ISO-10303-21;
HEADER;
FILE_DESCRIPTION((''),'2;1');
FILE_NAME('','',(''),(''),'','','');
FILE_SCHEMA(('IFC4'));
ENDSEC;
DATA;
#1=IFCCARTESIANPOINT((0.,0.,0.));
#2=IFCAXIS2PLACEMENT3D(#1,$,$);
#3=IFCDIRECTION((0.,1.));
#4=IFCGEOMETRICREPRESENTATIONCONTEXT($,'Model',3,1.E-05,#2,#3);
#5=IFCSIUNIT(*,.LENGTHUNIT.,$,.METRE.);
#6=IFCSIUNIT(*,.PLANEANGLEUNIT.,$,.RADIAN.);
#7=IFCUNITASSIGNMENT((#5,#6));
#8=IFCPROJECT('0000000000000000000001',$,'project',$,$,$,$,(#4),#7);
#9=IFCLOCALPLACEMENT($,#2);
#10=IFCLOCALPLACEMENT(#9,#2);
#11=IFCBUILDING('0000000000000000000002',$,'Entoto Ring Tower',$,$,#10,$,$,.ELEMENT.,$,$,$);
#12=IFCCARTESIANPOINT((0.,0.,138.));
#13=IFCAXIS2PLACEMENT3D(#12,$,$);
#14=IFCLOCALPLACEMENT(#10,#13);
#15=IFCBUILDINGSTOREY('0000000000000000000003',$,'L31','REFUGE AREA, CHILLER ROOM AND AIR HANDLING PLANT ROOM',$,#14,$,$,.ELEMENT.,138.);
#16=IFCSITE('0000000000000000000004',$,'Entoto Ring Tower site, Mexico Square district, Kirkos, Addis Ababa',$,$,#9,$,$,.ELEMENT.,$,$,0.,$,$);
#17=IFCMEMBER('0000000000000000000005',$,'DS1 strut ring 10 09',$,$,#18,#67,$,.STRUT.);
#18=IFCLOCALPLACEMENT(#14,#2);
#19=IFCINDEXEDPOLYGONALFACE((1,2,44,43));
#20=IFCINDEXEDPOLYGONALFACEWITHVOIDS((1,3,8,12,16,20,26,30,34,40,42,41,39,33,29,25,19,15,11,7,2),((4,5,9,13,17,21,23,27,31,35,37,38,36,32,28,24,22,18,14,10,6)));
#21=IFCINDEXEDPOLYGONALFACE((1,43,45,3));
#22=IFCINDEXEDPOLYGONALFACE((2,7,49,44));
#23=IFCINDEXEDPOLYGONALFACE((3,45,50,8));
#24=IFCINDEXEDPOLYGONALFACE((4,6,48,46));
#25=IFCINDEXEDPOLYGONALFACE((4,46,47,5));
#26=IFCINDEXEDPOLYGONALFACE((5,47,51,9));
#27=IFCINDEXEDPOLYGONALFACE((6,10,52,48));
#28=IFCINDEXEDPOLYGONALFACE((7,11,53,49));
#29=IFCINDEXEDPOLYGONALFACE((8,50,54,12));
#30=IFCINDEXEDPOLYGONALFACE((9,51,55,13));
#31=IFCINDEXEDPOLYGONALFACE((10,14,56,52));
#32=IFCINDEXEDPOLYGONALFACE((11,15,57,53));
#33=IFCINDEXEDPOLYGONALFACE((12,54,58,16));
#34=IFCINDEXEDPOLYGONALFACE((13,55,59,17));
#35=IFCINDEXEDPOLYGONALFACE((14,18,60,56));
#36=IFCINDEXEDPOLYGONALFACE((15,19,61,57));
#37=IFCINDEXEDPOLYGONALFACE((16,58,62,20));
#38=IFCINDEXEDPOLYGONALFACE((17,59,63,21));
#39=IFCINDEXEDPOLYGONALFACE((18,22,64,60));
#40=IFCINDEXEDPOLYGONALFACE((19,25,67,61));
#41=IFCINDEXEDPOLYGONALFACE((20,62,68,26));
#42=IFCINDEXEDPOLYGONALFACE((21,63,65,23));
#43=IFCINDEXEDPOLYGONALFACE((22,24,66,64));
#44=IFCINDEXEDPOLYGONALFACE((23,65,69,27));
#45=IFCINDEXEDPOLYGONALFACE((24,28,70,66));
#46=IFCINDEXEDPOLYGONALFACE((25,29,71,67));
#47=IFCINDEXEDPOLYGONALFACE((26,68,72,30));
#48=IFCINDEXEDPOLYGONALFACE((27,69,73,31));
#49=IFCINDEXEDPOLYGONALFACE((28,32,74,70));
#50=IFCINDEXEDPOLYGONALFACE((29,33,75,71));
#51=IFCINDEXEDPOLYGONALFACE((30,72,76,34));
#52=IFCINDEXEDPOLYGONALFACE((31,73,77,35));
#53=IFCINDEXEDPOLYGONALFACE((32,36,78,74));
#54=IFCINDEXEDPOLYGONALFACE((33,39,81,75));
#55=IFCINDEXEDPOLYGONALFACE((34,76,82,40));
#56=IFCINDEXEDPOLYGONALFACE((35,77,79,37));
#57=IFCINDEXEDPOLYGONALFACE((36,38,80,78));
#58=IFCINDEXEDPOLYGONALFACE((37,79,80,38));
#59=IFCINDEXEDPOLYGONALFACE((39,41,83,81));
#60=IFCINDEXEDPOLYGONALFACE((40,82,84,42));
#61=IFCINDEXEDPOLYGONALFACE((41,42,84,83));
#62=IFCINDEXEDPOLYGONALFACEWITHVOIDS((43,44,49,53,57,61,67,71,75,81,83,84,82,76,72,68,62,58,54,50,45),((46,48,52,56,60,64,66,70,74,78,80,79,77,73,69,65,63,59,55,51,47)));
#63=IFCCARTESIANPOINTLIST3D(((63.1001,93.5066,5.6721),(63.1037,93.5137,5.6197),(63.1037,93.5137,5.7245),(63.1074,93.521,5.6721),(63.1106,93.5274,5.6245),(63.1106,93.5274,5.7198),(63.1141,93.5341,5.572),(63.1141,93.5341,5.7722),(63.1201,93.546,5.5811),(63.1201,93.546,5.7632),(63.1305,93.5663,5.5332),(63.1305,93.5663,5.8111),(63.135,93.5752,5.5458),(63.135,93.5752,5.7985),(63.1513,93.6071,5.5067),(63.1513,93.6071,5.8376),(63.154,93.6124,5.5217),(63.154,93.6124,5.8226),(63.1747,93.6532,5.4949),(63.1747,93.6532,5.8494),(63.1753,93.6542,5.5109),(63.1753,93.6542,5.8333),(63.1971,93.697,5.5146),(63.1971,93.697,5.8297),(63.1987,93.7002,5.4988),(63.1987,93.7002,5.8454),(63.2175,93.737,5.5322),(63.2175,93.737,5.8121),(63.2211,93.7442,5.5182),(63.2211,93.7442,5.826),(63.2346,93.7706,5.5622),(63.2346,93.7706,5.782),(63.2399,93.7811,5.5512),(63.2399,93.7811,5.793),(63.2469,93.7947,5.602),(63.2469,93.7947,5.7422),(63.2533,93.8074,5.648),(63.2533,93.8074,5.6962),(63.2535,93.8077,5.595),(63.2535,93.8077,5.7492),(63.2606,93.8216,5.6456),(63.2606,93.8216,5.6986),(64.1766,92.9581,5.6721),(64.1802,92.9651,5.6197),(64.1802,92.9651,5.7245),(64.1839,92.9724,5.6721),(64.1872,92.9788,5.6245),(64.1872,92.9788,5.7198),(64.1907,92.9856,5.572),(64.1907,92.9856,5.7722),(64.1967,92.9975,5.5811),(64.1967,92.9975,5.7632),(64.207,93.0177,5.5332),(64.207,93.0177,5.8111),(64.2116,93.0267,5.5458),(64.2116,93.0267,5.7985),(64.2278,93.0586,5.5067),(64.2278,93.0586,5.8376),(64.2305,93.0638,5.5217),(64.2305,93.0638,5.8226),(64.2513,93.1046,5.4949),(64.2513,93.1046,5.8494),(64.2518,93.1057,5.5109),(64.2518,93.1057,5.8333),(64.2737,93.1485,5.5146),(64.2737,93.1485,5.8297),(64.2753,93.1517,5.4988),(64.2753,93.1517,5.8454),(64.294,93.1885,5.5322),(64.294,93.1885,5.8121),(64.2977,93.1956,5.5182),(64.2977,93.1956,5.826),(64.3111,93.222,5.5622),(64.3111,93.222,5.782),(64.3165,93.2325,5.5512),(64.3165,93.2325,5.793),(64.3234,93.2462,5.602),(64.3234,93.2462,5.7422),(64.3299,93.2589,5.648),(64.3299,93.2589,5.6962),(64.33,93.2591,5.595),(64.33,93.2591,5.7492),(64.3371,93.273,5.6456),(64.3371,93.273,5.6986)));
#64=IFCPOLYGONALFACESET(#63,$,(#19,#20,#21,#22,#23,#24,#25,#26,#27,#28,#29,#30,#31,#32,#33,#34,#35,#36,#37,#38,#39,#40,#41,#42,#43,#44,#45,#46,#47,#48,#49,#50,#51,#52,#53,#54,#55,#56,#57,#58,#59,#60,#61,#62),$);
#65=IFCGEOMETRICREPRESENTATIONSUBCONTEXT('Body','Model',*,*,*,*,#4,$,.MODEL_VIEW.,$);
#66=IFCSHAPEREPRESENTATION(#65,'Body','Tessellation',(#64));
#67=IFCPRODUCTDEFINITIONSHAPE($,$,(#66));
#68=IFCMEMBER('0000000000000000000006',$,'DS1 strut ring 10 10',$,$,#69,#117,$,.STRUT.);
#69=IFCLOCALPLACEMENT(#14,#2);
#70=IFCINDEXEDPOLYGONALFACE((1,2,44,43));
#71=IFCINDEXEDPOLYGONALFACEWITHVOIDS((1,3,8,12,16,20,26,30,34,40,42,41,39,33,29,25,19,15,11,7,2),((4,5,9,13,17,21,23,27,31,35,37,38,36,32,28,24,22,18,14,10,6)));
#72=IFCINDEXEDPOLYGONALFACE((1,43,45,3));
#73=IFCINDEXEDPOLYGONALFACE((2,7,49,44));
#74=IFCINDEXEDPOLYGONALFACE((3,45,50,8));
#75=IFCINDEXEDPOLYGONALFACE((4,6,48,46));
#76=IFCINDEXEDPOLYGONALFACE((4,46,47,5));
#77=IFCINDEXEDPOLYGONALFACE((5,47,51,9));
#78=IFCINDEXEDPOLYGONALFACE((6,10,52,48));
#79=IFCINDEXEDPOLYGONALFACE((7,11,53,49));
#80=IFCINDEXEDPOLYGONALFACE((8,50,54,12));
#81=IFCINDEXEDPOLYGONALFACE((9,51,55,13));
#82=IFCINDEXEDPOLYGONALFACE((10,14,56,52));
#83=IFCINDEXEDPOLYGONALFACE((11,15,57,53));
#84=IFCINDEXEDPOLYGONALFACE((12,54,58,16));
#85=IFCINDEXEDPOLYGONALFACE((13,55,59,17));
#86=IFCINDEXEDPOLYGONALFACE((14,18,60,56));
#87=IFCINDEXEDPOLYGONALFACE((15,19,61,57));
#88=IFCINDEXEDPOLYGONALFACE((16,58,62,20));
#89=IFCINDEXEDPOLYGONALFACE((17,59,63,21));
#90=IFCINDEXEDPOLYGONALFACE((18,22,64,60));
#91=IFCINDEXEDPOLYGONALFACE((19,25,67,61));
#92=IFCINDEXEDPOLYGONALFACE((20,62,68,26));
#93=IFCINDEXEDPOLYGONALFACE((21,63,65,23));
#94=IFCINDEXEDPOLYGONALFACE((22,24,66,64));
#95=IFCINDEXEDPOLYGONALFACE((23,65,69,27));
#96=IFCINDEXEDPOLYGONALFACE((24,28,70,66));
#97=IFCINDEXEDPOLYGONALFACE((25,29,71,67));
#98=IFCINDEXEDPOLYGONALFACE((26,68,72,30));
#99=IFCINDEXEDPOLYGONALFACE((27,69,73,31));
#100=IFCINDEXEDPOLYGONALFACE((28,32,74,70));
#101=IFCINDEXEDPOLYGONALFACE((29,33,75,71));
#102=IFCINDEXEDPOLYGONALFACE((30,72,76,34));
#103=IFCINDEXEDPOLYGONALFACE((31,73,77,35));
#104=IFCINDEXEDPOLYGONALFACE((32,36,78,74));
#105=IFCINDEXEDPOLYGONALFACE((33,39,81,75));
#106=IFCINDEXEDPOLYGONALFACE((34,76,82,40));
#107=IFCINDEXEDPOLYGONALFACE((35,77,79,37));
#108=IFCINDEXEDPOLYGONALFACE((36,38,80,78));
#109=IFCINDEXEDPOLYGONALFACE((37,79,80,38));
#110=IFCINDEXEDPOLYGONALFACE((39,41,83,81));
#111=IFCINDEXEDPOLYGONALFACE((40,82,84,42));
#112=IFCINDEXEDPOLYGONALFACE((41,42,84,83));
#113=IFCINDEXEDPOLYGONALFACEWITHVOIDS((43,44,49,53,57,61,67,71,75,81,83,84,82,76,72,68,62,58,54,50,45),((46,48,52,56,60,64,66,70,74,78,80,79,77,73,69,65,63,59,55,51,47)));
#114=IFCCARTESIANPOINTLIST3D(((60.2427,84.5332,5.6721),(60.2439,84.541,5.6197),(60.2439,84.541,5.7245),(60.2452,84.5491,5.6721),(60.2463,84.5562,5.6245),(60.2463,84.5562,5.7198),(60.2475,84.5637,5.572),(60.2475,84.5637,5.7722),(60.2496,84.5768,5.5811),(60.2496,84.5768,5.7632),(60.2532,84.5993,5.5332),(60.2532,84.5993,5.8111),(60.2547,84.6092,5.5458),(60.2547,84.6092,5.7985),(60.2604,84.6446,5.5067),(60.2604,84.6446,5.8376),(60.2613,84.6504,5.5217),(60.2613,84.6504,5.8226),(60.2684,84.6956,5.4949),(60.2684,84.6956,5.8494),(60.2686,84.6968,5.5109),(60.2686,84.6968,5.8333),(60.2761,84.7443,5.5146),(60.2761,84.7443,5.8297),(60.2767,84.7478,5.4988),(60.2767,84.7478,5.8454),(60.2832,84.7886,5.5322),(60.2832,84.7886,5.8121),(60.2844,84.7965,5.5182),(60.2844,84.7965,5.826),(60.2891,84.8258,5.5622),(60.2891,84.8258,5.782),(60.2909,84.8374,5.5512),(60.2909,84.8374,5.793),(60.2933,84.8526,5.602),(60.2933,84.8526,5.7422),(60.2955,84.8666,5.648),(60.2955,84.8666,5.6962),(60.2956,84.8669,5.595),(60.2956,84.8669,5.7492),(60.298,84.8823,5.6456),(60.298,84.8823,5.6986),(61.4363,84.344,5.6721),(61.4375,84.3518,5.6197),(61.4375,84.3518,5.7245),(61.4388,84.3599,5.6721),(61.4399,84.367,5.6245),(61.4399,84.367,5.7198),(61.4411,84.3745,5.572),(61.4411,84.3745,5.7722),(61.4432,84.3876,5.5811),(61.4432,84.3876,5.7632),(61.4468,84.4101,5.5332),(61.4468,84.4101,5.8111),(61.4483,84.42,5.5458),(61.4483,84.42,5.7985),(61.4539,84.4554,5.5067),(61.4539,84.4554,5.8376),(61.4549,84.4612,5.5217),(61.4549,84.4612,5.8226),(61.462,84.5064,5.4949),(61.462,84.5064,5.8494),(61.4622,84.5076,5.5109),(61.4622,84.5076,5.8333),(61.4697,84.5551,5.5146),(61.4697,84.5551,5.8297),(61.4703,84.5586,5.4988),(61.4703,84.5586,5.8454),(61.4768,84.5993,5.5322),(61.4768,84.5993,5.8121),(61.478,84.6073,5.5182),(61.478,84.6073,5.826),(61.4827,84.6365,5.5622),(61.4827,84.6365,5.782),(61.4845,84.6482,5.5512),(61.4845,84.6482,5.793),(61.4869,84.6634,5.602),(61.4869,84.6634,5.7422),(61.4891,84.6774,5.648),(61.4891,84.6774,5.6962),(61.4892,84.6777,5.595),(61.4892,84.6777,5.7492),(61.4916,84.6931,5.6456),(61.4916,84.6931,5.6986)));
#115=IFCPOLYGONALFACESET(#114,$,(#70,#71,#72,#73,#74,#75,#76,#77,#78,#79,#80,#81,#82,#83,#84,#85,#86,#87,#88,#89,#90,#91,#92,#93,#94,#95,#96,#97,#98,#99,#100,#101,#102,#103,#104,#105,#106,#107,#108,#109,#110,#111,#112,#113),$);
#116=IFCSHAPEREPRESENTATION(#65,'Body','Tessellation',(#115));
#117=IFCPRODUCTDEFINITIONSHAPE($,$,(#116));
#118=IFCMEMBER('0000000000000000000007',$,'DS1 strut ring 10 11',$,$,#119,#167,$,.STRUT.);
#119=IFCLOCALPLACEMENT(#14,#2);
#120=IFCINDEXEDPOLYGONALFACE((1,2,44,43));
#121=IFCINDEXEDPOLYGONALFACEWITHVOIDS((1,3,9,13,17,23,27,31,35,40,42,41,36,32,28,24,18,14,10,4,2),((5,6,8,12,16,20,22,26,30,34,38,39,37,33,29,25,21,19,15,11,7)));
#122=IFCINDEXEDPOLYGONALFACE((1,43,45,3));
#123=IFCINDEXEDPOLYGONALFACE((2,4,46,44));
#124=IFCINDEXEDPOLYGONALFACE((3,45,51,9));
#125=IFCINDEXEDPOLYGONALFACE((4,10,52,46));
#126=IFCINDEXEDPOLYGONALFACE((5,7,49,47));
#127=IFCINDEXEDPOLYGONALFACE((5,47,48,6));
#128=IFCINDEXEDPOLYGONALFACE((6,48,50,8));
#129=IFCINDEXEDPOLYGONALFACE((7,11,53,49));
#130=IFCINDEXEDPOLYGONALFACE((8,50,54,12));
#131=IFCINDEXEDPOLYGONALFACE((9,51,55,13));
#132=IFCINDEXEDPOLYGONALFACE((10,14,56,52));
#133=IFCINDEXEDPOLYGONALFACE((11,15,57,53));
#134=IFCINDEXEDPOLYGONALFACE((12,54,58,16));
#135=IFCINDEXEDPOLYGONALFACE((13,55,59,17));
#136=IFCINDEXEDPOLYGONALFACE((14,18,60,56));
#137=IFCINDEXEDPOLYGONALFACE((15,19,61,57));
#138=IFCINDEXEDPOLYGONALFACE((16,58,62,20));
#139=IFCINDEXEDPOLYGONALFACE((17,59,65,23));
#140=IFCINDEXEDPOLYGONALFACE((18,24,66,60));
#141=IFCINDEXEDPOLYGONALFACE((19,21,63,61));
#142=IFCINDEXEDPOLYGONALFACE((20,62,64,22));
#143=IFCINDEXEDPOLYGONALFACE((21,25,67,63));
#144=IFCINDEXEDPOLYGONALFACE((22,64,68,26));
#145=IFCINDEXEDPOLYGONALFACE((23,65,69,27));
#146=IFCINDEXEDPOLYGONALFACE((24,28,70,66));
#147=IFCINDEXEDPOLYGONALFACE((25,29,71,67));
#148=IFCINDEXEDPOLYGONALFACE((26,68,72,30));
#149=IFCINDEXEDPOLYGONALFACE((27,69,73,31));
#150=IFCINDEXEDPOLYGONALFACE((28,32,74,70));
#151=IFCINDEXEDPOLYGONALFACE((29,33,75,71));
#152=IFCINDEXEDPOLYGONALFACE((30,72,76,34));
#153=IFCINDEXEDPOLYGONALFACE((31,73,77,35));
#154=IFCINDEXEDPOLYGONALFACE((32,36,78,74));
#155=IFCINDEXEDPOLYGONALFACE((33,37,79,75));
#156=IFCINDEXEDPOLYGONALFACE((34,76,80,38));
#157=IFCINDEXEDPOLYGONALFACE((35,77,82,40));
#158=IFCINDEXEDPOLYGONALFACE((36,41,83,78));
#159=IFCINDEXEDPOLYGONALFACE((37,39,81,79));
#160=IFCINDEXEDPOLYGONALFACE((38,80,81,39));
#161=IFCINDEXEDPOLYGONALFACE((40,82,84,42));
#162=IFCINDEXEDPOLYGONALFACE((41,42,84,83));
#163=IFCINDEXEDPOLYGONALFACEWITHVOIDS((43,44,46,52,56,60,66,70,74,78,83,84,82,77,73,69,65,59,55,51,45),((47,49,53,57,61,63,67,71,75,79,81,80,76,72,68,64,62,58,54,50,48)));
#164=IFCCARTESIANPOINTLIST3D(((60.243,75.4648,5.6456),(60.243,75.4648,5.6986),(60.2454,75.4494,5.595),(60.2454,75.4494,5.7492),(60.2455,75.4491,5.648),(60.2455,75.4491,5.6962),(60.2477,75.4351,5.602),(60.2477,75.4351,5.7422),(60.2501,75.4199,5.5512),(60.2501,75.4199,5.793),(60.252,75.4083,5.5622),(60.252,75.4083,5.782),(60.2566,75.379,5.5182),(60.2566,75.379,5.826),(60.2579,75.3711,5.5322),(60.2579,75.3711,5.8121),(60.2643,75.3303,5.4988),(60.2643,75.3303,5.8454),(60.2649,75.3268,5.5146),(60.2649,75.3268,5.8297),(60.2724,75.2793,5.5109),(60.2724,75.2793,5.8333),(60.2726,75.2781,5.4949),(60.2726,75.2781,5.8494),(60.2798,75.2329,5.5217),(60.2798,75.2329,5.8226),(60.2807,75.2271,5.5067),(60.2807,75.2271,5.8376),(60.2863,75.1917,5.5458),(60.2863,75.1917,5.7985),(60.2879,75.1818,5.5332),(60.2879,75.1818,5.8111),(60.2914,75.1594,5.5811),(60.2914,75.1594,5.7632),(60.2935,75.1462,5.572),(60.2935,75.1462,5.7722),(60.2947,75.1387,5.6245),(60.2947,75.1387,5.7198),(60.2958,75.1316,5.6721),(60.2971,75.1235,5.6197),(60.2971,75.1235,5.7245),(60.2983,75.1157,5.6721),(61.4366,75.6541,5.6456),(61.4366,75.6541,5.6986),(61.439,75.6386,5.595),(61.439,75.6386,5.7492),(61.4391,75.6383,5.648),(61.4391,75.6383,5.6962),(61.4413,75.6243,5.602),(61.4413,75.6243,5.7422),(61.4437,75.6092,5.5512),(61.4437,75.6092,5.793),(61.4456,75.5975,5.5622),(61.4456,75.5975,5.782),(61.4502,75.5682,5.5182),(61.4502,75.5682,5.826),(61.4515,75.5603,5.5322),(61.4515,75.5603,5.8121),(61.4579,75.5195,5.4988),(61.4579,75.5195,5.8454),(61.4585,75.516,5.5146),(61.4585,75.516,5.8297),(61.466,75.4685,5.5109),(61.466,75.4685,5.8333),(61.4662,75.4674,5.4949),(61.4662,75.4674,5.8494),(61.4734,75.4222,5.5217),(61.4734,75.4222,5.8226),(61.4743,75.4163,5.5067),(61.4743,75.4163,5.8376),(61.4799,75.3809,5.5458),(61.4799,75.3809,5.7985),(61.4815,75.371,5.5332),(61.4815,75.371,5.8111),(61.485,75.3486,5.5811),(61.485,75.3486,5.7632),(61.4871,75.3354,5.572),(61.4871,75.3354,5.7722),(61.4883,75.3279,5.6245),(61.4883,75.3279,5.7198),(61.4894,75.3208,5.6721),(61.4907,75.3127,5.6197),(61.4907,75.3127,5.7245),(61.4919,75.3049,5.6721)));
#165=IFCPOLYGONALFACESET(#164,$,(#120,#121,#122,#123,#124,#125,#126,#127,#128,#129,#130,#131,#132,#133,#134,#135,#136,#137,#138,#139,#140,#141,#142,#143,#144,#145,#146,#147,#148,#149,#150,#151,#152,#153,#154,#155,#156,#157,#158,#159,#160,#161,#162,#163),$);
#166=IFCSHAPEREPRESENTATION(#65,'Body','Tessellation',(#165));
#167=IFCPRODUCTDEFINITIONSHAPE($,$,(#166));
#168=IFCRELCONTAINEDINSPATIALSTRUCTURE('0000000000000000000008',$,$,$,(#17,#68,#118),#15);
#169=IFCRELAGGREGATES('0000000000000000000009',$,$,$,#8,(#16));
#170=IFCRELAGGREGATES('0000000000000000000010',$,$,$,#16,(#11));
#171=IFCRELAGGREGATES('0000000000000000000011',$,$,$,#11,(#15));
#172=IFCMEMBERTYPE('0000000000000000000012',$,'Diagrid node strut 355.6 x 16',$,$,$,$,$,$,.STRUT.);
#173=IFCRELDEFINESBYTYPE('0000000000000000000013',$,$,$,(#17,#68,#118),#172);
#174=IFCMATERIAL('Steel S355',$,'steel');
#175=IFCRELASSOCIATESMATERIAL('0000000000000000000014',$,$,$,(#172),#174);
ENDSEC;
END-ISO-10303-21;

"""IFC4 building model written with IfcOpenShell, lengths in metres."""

from ifc_helpers import new_model, si_unit, direction, frame, origin, origin_2d, place, context, subcontext, project, spatial, circle, hollow_circle, extrude, material, material_profile, profile_set, type_object, element, save


model = new_model("IFC4")

# Units and contexts
model_context = context("Model", 3, precision=1e-05, world=origin(), true_north=direction((0.0, 1.0)))
body_context = subcontext(model_context, "Body", "Model", "MODEL_VIEW")
ifc_project = project(units=[si_unit("LENGTHUNIT", "METRE"), si_unit("PLANEANGLEUNIT", "RADIAN")], contexts=[model_context])

# Site, building, storey
site_placement = place(None, origin())
site = spatial("IfcSite", under=ifc_project, at=site_placement, Name="Entoto Ring Tower site, Mexico Square district, Kirkos, Addis Ababa", CompositionType="ELEMENT", RefElevation=0.0)
building_placement = place(site_placement, origin())
building = spatial("IfcBuilding", under=site, at=building_placement, Name="Entoto Ring Tower", CompositionType="ELEMENT")
storey_placement = place(building_placement, frame((0.0, 0.0, 138.0)))
storey = spatial("IfcBuildingStorey", under=building, at=storey_placement, Name="L31", Description="REFUGE AREA, CHILLER ROOM AND AIR HANDLING PLANT ROOM", CompositionType="ELEMENT", Elevation=138.0)

# Members
ifc_material_1 = material(Name="Steel S355", Category="steel")
ifc_material_profile_1 = material_profile(ifc_material_1, hollow_circle(Radius=0.1777, WallThickness=0.0161, at=origin_2d()), Name="CHS 355.6 x 16")
ifc_material_2 = material(Name="Concrete C60/75", Category="concrete")
ifc_material_profile_2 = material_profile(ifc_material_2, circle(Radius=0.1619, at=origin_2d()), Name="Concrete C60/75 infill")
ifc_profile_set_1 = profile_set([ifc_material_profile_1, ifc_material_profile_2], Name="Steel S355")
member_type_1 = type_object("IfcMemberType", Name="Diagrid node strut 355.6 x 16", PredefinedType="STRUT", material=ifc_profile_set_1)
member_1_placement = place(storey_placement, frame((64.2573, 93.1165, 5.6721), z_axis=(-0.891007, 0.453989, 0.0), x_axis=(-0.453989, -0.891007, 0.0)))
element("IfcMember", 1, at=member_1_placement, inside=storey, type_object=member_type_1, Name="DS1 strut ring 10 09", PredefinedType="STRUT", context=body_context, shape_type="SweptSolid", body=[
    extrude(hollow_circle(Radius=0.1777, WallThickness=0.0161, at=origin_2d()), origin(), (0.0, 0.0, 1.0), 1.2083),
])
for number, where, z_axis, x_axis, name in (
    (2, (61.4641, 84.5195, 5.6721), (-0.987668, 0.156564, 0.0), (-0.156564, -0.987668, 0.0), "DS1 strut ring 10 10"),
    (3, (61.4641, 75.4805, 5.6721), (-0.987668, -0.156564, 0.0), (0.156564, -0.987668, 0.0), "DS1 strut ring 10 11"),
):
    element("IfcMember", number, at=place(storey_placement, frame(where, z_axis=z_axis, x_axis=x_axis)), inside=storey, type_object=member_type_1, Name=name, PredefinedType="STRUT", context=body_context, shape_type="SweptSolid", body=[
        extrude(hollow_circle(Radius=0.1777, WallThickness=0.0161, at=origin_2d()), origin(), (0.0, 0.0, 1.0), 1.2085),
    ])

save(model, "model.ifc")
